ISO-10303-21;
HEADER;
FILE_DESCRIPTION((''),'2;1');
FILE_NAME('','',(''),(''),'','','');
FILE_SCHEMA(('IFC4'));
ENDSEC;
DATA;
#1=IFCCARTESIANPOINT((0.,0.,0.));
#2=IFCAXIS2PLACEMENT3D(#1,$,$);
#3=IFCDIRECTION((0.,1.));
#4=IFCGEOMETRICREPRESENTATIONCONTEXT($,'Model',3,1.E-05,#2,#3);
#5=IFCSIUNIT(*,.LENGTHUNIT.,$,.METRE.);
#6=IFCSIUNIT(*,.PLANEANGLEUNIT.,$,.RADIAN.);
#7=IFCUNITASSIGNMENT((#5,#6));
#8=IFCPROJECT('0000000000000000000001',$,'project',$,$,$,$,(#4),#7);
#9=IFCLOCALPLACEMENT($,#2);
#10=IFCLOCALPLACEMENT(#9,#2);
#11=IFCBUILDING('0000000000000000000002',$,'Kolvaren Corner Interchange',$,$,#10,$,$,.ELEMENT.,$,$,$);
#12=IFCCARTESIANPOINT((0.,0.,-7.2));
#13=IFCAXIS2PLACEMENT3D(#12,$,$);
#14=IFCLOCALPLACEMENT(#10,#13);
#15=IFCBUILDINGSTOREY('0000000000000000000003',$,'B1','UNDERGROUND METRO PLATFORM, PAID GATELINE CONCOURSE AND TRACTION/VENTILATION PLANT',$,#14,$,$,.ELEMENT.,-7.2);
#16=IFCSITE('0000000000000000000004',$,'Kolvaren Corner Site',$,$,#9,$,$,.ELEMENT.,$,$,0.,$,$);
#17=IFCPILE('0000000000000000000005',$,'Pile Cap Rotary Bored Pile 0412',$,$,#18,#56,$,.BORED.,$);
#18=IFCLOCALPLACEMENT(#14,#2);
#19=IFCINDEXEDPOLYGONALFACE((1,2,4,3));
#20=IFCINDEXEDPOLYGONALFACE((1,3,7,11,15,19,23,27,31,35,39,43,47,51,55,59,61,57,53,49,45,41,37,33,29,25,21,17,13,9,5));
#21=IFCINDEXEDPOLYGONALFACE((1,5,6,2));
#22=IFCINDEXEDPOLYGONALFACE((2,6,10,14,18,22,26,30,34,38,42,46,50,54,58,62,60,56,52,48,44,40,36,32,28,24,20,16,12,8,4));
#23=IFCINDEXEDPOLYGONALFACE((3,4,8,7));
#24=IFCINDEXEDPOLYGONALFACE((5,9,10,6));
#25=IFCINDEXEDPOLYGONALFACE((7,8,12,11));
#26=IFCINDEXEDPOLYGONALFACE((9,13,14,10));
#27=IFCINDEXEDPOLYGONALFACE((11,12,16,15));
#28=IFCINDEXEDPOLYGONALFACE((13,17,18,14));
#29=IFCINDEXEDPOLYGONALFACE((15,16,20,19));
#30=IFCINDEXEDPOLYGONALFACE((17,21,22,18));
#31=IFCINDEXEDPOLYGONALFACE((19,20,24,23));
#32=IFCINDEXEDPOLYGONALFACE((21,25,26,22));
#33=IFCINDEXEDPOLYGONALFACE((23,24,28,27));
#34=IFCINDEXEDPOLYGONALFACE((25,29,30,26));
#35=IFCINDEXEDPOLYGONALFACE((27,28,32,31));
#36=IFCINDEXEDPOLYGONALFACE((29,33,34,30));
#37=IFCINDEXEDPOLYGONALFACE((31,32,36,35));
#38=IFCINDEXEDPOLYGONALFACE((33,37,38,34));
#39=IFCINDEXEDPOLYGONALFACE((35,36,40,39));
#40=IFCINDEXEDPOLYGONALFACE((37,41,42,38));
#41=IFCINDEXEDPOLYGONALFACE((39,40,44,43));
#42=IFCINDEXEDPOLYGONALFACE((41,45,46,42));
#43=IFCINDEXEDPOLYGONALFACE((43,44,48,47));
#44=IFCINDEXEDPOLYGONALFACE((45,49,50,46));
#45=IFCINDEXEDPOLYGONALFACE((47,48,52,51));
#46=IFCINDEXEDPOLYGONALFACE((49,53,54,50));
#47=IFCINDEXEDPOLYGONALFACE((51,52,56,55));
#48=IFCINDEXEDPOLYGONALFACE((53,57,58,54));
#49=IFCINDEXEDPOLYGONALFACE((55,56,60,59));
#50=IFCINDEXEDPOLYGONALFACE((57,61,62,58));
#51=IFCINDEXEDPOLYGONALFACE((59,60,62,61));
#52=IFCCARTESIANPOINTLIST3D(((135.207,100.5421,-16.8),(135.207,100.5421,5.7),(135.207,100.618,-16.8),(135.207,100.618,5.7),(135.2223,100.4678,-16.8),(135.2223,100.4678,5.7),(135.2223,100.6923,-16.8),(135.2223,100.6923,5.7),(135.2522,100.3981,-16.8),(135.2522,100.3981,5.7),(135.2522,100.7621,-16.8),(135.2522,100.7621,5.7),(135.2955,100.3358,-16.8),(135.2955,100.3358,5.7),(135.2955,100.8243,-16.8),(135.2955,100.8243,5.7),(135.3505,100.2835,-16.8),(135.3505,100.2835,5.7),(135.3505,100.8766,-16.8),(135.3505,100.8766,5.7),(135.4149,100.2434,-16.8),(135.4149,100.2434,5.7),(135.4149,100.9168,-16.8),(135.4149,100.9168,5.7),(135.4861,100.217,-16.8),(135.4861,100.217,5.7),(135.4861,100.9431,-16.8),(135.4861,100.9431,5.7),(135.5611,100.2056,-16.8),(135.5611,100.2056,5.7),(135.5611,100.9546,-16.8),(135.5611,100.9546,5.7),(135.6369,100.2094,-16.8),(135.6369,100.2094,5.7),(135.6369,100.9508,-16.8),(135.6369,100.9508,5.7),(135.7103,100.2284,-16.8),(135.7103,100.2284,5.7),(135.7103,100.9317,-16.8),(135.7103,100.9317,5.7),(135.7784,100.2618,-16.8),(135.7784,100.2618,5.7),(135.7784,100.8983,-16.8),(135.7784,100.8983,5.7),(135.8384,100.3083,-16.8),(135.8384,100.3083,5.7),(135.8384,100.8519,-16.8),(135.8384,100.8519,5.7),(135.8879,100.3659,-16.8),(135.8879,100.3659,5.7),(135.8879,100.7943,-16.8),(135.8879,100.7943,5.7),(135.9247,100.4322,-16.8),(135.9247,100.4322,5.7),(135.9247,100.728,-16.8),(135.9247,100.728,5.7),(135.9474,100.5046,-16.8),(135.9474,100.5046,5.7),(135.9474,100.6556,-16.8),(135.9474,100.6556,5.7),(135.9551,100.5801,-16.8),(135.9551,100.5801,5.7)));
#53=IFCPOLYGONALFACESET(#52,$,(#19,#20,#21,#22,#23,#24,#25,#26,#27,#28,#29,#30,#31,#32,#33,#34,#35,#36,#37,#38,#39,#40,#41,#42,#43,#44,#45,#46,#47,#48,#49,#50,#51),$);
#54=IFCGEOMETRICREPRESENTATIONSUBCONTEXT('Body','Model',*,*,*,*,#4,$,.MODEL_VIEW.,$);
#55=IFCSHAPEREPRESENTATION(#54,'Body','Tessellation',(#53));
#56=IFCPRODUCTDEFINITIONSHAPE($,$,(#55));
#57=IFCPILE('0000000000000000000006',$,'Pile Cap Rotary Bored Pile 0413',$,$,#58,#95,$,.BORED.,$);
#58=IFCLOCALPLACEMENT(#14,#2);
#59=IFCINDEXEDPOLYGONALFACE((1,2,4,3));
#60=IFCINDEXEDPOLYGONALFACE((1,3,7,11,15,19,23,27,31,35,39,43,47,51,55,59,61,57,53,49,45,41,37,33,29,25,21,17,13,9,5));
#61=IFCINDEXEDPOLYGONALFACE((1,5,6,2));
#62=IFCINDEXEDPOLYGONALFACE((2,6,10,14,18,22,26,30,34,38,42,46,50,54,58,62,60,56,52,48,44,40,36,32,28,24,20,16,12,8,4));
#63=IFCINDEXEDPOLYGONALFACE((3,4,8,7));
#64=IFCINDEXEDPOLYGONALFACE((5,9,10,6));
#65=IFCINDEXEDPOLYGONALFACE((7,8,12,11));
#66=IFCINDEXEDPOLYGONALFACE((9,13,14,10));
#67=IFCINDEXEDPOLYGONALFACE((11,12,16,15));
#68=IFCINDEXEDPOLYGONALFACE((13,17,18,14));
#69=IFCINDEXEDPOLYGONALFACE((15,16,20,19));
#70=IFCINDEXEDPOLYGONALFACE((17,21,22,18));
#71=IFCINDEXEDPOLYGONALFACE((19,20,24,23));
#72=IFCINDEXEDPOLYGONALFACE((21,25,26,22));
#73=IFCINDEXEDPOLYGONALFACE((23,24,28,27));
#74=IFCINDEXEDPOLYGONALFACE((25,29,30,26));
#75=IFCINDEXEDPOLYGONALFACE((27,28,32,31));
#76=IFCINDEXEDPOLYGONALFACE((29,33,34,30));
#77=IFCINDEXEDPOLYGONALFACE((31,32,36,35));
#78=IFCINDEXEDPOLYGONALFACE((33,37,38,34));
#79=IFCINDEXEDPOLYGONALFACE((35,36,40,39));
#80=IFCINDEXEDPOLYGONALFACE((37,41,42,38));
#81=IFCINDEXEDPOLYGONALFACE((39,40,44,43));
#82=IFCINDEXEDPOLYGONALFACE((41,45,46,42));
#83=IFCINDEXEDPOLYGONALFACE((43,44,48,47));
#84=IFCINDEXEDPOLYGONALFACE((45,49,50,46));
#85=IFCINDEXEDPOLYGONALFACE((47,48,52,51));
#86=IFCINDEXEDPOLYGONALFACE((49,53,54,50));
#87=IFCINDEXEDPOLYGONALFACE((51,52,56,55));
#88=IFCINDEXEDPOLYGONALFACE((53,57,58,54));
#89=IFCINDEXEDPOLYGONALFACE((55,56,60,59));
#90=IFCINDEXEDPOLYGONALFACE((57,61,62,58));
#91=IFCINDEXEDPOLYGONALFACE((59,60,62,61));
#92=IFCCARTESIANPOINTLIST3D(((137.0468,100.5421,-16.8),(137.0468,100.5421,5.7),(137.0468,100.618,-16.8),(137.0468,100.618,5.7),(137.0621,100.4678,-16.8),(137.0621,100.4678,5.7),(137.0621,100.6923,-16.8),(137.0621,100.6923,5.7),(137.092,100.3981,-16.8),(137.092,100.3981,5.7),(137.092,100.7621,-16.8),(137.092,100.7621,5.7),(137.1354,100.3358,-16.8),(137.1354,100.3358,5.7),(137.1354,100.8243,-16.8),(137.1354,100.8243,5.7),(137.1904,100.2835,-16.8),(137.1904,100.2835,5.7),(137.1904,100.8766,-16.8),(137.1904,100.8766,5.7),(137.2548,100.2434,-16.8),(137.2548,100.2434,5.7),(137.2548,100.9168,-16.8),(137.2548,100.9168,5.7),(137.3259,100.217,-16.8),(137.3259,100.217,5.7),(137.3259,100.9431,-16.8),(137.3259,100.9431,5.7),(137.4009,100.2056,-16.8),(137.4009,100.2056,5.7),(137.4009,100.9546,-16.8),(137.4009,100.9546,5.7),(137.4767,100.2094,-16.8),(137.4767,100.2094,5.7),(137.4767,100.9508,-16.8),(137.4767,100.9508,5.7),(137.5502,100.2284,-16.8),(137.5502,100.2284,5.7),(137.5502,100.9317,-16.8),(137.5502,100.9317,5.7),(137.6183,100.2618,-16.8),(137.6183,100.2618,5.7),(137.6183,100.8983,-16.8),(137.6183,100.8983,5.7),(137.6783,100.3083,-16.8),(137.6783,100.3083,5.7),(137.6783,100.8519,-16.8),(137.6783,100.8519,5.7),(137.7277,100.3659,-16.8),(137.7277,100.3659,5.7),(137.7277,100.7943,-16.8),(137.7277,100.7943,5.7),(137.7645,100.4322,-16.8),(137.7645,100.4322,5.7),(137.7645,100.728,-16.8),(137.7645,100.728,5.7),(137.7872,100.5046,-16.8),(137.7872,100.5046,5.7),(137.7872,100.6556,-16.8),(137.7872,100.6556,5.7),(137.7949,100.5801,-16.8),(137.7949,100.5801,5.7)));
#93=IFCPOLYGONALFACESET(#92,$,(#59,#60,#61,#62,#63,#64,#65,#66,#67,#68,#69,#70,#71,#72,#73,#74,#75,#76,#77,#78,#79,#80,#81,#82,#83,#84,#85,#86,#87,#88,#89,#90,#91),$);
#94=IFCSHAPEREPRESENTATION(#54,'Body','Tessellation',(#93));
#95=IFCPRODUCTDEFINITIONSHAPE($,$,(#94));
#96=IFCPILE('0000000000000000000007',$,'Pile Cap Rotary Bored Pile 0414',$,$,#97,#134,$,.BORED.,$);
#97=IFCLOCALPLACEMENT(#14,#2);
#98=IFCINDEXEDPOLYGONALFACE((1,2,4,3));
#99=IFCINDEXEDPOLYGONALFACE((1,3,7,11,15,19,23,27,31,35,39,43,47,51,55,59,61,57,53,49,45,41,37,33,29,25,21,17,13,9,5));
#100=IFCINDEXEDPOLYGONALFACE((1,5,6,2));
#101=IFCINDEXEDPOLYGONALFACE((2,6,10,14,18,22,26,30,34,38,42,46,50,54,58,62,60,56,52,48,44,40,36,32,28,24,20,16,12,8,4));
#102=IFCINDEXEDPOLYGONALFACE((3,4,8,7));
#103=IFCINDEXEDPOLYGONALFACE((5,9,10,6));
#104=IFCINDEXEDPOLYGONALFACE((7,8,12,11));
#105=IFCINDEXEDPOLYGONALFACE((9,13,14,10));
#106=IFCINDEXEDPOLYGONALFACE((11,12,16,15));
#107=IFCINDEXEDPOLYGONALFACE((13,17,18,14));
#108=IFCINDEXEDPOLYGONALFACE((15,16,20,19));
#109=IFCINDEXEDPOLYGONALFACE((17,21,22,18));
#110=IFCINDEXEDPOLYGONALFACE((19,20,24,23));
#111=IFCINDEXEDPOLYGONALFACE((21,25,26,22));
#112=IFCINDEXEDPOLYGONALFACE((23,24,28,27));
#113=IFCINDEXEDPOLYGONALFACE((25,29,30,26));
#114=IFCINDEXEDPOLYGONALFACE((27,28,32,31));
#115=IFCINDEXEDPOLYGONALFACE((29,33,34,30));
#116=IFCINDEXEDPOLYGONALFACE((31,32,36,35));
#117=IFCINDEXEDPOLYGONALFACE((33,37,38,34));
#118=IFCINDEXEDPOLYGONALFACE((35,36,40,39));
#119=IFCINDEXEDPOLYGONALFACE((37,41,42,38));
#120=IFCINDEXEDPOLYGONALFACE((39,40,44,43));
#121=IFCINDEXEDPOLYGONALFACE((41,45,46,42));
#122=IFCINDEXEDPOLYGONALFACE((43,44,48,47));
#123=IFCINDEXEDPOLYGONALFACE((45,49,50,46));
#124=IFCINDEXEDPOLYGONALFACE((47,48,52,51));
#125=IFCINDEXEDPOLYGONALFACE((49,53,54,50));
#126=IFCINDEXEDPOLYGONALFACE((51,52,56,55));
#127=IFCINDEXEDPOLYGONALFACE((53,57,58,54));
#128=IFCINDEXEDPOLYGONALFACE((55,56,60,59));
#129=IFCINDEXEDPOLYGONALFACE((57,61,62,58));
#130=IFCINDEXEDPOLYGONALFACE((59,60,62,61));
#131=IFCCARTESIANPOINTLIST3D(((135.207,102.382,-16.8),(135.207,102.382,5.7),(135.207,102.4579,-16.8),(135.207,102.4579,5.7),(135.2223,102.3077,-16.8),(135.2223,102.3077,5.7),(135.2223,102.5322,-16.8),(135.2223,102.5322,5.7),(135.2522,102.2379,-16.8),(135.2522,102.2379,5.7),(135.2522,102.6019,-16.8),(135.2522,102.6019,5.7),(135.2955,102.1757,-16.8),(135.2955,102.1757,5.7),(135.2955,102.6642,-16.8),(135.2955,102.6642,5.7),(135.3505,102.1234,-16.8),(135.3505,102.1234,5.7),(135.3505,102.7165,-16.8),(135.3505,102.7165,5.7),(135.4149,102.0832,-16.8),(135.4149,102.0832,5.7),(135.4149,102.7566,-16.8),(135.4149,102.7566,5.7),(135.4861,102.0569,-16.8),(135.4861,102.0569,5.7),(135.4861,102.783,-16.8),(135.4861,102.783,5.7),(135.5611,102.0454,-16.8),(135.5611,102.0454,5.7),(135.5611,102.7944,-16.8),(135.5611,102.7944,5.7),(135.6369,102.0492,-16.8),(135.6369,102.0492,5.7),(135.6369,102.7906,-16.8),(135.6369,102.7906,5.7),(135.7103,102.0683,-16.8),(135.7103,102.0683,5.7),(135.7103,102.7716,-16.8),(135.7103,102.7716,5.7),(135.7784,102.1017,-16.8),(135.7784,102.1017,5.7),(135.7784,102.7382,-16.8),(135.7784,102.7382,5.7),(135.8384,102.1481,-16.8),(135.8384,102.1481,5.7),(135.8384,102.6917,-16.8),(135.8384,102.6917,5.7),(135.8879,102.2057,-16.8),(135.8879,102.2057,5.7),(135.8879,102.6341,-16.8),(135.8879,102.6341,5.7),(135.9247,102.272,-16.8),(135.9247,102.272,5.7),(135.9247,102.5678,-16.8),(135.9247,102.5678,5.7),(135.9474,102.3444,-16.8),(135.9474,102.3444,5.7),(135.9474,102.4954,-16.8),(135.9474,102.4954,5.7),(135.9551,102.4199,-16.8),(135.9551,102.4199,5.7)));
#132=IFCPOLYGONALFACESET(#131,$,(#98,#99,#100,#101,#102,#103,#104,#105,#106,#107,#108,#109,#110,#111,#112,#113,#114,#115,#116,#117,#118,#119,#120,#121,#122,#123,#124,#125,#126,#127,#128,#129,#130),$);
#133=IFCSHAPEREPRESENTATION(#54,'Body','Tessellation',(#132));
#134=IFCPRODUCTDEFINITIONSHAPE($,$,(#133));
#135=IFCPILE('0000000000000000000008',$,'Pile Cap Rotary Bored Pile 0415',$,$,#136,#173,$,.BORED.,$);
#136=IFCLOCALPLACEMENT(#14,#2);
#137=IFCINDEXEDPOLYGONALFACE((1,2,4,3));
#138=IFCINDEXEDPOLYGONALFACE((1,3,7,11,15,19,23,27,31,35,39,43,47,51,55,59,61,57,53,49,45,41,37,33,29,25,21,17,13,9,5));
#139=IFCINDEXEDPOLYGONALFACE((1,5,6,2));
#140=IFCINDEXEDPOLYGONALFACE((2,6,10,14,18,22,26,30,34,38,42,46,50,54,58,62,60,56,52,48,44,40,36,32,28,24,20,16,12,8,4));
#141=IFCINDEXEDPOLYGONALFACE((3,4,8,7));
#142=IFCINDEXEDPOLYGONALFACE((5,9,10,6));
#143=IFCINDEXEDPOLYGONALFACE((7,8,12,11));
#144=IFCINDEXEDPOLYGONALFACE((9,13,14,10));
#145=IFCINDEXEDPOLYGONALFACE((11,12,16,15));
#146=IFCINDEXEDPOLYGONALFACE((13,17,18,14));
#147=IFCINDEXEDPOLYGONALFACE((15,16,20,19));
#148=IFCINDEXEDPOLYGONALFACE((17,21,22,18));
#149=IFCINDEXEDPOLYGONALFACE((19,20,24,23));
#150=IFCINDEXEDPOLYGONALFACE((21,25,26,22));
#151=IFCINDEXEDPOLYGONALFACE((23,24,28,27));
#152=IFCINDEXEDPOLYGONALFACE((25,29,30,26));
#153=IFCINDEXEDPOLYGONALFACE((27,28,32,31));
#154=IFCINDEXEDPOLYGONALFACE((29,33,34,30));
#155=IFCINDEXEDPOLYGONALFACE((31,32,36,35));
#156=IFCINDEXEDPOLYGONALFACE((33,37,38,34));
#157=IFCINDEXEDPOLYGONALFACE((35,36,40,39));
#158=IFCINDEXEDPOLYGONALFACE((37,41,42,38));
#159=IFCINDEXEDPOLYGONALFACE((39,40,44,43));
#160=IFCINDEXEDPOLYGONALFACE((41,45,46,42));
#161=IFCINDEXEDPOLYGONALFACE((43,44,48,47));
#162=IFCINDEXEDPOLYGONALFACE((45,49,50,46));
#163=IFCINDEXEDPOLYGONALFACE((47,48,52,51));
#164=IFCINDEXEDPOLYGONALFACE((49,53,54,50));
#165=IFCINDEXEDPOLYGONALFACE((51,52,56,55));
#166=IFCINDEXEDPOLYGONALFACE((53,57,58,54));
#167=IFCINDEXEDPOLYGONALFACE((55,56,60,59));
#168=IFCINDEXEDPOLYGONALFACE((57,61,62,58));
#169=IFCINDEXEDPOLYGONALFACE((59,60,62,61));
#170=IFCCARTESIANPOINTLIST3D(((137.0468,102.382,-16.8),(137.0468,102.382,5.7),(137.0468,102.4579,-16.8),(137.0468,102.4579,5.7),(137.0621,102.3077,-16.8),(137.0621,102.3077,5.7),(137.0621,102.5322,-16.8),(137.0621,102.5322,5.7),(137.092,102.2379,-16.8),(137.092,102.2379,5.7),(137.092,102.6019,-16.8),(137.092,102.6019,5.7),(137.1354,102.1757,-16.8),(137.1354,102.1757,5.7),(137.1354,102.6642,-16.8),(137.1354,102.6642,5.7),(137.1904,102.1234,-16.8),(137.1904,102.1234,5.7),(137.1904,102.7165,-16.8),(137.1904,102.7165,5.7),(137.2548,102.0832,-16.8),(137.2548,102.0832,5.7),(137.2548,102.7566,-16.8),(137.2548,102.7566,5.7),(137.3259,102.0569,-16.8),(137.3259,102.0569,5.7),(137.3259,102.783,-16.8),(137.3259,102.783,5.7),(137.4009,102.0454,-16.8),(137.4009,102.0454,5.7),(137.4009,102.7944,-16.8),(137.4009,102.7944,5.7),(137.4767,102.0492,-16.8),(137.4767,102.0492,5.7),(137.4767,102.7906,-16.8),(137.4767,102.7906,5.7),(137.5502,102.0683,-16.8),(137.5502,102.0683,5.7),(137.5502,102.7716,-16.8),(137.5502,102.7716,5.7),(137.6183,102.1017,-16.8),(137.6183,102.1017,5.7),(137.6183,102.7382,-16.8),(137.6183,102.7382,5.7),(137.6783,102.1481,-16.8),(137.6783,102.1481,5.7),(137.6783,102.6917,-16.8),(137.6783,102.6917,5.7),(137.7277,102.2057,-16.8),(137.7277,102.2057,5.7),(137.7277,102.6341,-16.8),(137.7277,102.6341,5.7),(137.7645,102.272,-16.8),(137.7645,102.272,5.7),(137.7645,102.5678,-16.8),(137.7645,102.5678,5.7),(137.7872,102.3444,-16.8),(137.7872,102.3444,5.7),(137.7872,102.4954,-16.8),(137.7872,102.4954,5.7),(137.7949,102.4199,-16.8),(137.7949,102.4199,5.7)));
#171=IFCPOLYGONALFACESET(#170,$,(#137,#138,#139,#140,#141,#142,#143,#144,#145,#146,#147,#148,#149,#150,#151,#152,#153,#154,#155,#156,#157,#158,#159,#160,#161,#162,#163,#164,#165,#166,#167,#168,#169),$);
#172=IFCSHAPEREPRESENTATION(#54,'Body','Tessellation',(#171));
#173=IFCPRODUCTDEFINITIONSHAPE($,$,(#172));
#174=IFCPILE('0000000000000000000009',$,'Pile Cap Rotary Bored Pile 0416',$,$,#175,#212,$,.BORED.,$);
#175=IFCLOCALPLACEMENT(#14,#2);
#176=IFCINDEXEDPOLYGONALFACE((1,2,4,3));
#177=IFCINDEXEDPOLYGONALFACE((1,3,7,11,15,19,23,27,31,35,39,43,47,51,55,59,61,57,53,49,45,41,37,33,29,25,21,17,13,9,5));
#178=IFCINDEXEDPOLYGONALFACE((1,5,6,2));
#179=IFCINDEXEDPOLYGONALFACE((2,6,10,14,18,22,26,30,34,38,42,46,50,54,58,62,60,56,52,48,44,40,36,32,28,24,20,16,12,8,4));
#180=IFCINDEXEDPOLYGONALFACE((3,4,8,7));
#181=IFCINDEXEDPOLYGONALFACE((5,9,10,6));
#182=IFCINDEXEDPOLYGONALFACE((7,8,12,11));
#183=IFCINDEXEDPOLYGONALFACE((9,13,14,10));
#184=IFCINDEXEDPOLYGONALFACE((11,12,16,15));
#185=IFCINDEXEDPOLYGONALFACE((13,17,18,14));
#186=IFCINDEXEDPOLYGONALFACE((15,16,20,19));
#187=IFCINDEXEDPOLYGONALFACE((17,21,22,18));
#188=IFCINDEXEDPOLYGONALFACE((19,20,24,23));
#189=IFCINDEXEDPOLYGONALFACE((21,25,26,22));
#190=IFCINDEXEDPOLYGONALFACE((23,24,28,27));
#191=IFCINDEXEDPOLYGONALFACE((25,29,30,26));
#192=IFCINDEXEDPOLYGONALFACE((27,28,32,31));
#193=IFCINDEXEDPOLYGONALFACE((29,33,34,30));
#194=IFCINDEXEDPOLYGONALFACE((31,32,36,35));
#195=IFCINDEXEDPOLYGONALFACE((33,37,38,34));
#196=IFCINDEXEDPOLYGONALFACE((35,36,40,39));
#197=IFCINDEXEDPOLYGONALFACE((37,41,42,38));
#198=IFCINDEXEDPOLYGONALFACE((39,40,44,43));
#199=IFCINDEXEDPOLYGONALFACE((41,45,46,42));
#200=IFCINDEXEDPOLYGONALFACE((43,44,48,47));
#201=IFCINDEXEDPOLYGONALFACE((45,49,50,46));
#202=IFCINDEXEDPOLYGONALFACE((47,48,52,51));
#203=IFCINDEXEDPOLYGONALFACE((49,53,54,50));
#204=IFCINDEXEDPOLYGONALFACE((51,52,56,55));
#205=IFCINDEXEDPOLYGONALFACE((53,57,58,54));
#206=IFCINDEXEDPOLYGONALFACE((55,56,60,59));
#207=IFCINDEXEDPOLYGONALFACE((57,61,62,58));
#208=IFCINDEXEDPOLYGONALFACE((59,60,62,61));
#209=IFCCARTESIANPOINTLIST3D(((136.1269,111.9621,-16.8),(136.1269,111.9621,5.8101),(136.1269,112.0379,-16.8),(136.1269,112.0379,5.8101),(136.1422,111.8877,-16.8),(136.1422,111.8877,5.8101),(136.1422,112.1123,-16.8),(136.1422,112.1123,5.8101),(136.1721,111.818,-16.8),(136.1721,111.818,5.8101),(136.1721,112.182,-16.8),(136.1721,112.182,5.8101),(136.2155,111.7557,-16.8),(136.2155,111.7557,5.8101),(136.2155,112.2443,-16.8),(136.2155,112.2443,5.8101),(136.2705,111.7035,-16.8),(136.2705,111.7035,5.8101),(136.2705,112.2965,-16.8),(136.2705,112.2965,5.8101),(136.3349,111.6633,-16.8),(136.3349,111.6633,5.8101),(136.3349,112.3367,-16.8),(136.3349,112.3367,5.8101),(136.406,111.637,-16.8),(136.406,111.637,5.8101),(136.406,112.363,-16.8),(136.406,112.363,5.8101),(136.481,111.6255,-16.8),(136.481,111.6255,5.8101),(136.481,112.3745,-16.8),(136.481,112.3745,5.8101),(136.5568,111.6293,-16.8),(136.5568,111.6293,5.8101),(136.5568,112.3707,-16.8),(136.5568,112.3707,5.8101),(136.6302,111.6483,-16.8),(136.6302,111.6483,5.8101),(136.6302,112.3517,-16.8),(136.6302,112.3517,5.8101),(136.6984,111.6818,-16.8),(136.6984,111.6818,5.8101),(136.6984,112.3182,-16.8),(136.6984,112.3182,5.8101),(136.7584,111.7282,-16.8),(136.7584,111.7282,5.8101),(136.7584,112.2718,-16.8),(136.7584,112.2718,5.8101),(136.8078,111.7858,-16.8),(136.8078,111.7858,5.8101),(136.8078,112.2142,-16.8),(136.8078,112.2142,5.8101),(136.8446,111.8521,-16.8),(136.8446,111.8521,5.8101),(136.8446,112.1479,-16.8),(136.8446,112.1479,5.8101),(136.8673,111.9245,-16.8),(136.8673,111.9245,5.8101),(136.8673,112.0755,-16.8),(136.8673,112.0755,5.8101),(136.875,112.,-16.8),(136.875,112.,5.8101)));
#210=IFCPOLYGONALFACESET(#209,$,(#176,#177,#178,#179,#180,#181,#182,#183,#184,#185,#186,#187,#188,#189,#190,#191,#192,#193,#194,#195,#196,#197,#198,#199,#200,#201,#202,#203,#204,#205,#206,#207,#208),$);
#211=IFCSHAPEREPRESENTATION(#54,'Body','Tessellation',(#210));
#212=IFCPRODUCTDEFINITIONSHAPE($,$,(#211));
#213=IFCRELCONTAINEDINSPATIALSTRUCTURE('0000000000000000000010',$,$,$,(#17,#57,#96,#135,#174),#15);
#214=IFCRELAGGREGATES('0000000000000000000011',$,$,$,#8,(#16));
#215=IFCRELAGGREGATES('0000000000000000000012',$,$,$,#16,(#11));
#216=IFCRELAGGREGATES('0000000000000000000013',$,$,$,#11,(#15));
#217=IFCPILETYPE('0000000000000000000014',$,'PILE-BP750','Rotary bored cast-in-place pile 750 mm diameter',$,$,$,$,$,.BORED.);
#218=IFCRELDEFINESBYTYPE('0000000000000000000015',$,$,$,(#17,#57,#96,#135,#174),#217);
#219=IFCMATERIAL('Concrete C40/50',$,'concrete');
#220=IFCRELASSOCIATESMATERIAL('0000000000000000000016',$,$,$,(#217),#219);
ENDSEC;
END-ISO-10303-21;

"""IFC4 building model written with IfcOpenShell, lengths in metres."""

from ifc_helpers import new_model, si_unit, direction, frame, origin, origin_2d, place, context, subcontext, project, spatial, circle, extrude, material, material_profile, profile_set, type_object, element, save


model = new_model("IFC4")

# Units and contexts
model_context = context("Model", 3, precision=1e-05, world=origin(), true_north=direction((0.0, 1.0)))
body_context = subcontext(model_context, "Body", "Model", "MODEL_VIEW")
ifc_project = project(units=[si_unit("LENGTHUNIT", "METRE"), si_unit("PLANEANGLEUNIT", "RADIAN")], contexts=[model_context])

# Site, building, storey
site_placement = place(None, origin())
site = spatial("IfcSite", under=ifc_project, at=site_placement, Name="Kolvaren Corner Site", CompositionType="ELEMENT", RefElevation=0.0)
building_placement = place(site_placement, origin())
building = spatial("IfcBuilding", under=site, at=building_placement, Name="Kolvaren Corner Interchange", CompositionType="ELEMENT")
storey_placement = place(building_placement, frame((0.0, 0.0, -7.2)))
storey = spatial("IfcBuildingStorey", under=building, at=storey_placement, Name="B1", Description="UNDERGROUND METRO PLATFORM, PAID GATELINE CONCOURSE AND TRACTION/VENTILATION PLANT", CompositionType="ELEMENT", Elevation=-7.2)

# Piles
ifc_material_1 = material(Name="Concrete C40/50", Category="concrete")
ifc_material_profile = material_profile(ifc_material_1, circle(Radius=0.375, at=origin_2d()), Name="BORED PILE 750")
ifc_profile_set = profile_set([ifc_material_profile], Name="Concrete C40/50")
pile_type = type_object("IfcPileType", Name="PILE-BP750", Description="Rotary bored cast-in-place pile 750 mm diameter", PredefinedType="BORED", material=ifc_profile_set)
for number, where, z_axis, x_axis, name in (
    (1, (135.5801, 100.5801, 5.7), (0.0, 0.0, -1.0), (1.0, 0.0, 0.0), "Pile Cap Rotary Bored Pile 0412"),
    (2, (137.4199, 100.5801, 5.7), (0.0, 0.0, -1.0), (1.0, 0.0, 0.0), "Pile Cap Rotary Bored Pile 0413"),
    (3, (135.5801, 102.4199, 5.7), (0.0, 0.0, -1.0), (1.0, 0.0, 0.0), "Pile Cap Rotary Bored Pile 0414"),
    (4, (137.4199, 102.4199, 5.7), (0.0, 0.0, -1.0), (1.0, 0.0, 0.0), "Pile Cap Rotary Bored Pile 0415"),
):
    element("IfcPile", number, at=place(storey_placement, frame(where, z_axis=z_axis, x_axis=x_axis)), inside=storey, type_object=pile_type, Name=name, PredefinedType="BORED", context=body_context, shape_type="SweptSolid", body=[
        extrude(circle(Radius=0.375, at=origin_2d()), origin(), (0.0, 0.0, 1.0), 22.5),
    ])
pile_1_placement = place(storey_placement, frame((136.5, 112.0, 5.8101), z_axis=(0.0, 0.0, -1.0), x_axis=(1.0, 0.0, 0.0)))
element("IfcPile", 5, at=pile_1_placement, inside=storey, type_object=pile_type, Name="Pile Cap Rotary Bored Pile 0416", PredefinedType="BORED", context=body_context, shape_type="SweptSolid", body=[
    extrude(circle(Radius=0.375, at=origin_2d()), origin(), (0.0, 0.0, 1.0), 22.6101),
])

save(model, "model.ifc")
